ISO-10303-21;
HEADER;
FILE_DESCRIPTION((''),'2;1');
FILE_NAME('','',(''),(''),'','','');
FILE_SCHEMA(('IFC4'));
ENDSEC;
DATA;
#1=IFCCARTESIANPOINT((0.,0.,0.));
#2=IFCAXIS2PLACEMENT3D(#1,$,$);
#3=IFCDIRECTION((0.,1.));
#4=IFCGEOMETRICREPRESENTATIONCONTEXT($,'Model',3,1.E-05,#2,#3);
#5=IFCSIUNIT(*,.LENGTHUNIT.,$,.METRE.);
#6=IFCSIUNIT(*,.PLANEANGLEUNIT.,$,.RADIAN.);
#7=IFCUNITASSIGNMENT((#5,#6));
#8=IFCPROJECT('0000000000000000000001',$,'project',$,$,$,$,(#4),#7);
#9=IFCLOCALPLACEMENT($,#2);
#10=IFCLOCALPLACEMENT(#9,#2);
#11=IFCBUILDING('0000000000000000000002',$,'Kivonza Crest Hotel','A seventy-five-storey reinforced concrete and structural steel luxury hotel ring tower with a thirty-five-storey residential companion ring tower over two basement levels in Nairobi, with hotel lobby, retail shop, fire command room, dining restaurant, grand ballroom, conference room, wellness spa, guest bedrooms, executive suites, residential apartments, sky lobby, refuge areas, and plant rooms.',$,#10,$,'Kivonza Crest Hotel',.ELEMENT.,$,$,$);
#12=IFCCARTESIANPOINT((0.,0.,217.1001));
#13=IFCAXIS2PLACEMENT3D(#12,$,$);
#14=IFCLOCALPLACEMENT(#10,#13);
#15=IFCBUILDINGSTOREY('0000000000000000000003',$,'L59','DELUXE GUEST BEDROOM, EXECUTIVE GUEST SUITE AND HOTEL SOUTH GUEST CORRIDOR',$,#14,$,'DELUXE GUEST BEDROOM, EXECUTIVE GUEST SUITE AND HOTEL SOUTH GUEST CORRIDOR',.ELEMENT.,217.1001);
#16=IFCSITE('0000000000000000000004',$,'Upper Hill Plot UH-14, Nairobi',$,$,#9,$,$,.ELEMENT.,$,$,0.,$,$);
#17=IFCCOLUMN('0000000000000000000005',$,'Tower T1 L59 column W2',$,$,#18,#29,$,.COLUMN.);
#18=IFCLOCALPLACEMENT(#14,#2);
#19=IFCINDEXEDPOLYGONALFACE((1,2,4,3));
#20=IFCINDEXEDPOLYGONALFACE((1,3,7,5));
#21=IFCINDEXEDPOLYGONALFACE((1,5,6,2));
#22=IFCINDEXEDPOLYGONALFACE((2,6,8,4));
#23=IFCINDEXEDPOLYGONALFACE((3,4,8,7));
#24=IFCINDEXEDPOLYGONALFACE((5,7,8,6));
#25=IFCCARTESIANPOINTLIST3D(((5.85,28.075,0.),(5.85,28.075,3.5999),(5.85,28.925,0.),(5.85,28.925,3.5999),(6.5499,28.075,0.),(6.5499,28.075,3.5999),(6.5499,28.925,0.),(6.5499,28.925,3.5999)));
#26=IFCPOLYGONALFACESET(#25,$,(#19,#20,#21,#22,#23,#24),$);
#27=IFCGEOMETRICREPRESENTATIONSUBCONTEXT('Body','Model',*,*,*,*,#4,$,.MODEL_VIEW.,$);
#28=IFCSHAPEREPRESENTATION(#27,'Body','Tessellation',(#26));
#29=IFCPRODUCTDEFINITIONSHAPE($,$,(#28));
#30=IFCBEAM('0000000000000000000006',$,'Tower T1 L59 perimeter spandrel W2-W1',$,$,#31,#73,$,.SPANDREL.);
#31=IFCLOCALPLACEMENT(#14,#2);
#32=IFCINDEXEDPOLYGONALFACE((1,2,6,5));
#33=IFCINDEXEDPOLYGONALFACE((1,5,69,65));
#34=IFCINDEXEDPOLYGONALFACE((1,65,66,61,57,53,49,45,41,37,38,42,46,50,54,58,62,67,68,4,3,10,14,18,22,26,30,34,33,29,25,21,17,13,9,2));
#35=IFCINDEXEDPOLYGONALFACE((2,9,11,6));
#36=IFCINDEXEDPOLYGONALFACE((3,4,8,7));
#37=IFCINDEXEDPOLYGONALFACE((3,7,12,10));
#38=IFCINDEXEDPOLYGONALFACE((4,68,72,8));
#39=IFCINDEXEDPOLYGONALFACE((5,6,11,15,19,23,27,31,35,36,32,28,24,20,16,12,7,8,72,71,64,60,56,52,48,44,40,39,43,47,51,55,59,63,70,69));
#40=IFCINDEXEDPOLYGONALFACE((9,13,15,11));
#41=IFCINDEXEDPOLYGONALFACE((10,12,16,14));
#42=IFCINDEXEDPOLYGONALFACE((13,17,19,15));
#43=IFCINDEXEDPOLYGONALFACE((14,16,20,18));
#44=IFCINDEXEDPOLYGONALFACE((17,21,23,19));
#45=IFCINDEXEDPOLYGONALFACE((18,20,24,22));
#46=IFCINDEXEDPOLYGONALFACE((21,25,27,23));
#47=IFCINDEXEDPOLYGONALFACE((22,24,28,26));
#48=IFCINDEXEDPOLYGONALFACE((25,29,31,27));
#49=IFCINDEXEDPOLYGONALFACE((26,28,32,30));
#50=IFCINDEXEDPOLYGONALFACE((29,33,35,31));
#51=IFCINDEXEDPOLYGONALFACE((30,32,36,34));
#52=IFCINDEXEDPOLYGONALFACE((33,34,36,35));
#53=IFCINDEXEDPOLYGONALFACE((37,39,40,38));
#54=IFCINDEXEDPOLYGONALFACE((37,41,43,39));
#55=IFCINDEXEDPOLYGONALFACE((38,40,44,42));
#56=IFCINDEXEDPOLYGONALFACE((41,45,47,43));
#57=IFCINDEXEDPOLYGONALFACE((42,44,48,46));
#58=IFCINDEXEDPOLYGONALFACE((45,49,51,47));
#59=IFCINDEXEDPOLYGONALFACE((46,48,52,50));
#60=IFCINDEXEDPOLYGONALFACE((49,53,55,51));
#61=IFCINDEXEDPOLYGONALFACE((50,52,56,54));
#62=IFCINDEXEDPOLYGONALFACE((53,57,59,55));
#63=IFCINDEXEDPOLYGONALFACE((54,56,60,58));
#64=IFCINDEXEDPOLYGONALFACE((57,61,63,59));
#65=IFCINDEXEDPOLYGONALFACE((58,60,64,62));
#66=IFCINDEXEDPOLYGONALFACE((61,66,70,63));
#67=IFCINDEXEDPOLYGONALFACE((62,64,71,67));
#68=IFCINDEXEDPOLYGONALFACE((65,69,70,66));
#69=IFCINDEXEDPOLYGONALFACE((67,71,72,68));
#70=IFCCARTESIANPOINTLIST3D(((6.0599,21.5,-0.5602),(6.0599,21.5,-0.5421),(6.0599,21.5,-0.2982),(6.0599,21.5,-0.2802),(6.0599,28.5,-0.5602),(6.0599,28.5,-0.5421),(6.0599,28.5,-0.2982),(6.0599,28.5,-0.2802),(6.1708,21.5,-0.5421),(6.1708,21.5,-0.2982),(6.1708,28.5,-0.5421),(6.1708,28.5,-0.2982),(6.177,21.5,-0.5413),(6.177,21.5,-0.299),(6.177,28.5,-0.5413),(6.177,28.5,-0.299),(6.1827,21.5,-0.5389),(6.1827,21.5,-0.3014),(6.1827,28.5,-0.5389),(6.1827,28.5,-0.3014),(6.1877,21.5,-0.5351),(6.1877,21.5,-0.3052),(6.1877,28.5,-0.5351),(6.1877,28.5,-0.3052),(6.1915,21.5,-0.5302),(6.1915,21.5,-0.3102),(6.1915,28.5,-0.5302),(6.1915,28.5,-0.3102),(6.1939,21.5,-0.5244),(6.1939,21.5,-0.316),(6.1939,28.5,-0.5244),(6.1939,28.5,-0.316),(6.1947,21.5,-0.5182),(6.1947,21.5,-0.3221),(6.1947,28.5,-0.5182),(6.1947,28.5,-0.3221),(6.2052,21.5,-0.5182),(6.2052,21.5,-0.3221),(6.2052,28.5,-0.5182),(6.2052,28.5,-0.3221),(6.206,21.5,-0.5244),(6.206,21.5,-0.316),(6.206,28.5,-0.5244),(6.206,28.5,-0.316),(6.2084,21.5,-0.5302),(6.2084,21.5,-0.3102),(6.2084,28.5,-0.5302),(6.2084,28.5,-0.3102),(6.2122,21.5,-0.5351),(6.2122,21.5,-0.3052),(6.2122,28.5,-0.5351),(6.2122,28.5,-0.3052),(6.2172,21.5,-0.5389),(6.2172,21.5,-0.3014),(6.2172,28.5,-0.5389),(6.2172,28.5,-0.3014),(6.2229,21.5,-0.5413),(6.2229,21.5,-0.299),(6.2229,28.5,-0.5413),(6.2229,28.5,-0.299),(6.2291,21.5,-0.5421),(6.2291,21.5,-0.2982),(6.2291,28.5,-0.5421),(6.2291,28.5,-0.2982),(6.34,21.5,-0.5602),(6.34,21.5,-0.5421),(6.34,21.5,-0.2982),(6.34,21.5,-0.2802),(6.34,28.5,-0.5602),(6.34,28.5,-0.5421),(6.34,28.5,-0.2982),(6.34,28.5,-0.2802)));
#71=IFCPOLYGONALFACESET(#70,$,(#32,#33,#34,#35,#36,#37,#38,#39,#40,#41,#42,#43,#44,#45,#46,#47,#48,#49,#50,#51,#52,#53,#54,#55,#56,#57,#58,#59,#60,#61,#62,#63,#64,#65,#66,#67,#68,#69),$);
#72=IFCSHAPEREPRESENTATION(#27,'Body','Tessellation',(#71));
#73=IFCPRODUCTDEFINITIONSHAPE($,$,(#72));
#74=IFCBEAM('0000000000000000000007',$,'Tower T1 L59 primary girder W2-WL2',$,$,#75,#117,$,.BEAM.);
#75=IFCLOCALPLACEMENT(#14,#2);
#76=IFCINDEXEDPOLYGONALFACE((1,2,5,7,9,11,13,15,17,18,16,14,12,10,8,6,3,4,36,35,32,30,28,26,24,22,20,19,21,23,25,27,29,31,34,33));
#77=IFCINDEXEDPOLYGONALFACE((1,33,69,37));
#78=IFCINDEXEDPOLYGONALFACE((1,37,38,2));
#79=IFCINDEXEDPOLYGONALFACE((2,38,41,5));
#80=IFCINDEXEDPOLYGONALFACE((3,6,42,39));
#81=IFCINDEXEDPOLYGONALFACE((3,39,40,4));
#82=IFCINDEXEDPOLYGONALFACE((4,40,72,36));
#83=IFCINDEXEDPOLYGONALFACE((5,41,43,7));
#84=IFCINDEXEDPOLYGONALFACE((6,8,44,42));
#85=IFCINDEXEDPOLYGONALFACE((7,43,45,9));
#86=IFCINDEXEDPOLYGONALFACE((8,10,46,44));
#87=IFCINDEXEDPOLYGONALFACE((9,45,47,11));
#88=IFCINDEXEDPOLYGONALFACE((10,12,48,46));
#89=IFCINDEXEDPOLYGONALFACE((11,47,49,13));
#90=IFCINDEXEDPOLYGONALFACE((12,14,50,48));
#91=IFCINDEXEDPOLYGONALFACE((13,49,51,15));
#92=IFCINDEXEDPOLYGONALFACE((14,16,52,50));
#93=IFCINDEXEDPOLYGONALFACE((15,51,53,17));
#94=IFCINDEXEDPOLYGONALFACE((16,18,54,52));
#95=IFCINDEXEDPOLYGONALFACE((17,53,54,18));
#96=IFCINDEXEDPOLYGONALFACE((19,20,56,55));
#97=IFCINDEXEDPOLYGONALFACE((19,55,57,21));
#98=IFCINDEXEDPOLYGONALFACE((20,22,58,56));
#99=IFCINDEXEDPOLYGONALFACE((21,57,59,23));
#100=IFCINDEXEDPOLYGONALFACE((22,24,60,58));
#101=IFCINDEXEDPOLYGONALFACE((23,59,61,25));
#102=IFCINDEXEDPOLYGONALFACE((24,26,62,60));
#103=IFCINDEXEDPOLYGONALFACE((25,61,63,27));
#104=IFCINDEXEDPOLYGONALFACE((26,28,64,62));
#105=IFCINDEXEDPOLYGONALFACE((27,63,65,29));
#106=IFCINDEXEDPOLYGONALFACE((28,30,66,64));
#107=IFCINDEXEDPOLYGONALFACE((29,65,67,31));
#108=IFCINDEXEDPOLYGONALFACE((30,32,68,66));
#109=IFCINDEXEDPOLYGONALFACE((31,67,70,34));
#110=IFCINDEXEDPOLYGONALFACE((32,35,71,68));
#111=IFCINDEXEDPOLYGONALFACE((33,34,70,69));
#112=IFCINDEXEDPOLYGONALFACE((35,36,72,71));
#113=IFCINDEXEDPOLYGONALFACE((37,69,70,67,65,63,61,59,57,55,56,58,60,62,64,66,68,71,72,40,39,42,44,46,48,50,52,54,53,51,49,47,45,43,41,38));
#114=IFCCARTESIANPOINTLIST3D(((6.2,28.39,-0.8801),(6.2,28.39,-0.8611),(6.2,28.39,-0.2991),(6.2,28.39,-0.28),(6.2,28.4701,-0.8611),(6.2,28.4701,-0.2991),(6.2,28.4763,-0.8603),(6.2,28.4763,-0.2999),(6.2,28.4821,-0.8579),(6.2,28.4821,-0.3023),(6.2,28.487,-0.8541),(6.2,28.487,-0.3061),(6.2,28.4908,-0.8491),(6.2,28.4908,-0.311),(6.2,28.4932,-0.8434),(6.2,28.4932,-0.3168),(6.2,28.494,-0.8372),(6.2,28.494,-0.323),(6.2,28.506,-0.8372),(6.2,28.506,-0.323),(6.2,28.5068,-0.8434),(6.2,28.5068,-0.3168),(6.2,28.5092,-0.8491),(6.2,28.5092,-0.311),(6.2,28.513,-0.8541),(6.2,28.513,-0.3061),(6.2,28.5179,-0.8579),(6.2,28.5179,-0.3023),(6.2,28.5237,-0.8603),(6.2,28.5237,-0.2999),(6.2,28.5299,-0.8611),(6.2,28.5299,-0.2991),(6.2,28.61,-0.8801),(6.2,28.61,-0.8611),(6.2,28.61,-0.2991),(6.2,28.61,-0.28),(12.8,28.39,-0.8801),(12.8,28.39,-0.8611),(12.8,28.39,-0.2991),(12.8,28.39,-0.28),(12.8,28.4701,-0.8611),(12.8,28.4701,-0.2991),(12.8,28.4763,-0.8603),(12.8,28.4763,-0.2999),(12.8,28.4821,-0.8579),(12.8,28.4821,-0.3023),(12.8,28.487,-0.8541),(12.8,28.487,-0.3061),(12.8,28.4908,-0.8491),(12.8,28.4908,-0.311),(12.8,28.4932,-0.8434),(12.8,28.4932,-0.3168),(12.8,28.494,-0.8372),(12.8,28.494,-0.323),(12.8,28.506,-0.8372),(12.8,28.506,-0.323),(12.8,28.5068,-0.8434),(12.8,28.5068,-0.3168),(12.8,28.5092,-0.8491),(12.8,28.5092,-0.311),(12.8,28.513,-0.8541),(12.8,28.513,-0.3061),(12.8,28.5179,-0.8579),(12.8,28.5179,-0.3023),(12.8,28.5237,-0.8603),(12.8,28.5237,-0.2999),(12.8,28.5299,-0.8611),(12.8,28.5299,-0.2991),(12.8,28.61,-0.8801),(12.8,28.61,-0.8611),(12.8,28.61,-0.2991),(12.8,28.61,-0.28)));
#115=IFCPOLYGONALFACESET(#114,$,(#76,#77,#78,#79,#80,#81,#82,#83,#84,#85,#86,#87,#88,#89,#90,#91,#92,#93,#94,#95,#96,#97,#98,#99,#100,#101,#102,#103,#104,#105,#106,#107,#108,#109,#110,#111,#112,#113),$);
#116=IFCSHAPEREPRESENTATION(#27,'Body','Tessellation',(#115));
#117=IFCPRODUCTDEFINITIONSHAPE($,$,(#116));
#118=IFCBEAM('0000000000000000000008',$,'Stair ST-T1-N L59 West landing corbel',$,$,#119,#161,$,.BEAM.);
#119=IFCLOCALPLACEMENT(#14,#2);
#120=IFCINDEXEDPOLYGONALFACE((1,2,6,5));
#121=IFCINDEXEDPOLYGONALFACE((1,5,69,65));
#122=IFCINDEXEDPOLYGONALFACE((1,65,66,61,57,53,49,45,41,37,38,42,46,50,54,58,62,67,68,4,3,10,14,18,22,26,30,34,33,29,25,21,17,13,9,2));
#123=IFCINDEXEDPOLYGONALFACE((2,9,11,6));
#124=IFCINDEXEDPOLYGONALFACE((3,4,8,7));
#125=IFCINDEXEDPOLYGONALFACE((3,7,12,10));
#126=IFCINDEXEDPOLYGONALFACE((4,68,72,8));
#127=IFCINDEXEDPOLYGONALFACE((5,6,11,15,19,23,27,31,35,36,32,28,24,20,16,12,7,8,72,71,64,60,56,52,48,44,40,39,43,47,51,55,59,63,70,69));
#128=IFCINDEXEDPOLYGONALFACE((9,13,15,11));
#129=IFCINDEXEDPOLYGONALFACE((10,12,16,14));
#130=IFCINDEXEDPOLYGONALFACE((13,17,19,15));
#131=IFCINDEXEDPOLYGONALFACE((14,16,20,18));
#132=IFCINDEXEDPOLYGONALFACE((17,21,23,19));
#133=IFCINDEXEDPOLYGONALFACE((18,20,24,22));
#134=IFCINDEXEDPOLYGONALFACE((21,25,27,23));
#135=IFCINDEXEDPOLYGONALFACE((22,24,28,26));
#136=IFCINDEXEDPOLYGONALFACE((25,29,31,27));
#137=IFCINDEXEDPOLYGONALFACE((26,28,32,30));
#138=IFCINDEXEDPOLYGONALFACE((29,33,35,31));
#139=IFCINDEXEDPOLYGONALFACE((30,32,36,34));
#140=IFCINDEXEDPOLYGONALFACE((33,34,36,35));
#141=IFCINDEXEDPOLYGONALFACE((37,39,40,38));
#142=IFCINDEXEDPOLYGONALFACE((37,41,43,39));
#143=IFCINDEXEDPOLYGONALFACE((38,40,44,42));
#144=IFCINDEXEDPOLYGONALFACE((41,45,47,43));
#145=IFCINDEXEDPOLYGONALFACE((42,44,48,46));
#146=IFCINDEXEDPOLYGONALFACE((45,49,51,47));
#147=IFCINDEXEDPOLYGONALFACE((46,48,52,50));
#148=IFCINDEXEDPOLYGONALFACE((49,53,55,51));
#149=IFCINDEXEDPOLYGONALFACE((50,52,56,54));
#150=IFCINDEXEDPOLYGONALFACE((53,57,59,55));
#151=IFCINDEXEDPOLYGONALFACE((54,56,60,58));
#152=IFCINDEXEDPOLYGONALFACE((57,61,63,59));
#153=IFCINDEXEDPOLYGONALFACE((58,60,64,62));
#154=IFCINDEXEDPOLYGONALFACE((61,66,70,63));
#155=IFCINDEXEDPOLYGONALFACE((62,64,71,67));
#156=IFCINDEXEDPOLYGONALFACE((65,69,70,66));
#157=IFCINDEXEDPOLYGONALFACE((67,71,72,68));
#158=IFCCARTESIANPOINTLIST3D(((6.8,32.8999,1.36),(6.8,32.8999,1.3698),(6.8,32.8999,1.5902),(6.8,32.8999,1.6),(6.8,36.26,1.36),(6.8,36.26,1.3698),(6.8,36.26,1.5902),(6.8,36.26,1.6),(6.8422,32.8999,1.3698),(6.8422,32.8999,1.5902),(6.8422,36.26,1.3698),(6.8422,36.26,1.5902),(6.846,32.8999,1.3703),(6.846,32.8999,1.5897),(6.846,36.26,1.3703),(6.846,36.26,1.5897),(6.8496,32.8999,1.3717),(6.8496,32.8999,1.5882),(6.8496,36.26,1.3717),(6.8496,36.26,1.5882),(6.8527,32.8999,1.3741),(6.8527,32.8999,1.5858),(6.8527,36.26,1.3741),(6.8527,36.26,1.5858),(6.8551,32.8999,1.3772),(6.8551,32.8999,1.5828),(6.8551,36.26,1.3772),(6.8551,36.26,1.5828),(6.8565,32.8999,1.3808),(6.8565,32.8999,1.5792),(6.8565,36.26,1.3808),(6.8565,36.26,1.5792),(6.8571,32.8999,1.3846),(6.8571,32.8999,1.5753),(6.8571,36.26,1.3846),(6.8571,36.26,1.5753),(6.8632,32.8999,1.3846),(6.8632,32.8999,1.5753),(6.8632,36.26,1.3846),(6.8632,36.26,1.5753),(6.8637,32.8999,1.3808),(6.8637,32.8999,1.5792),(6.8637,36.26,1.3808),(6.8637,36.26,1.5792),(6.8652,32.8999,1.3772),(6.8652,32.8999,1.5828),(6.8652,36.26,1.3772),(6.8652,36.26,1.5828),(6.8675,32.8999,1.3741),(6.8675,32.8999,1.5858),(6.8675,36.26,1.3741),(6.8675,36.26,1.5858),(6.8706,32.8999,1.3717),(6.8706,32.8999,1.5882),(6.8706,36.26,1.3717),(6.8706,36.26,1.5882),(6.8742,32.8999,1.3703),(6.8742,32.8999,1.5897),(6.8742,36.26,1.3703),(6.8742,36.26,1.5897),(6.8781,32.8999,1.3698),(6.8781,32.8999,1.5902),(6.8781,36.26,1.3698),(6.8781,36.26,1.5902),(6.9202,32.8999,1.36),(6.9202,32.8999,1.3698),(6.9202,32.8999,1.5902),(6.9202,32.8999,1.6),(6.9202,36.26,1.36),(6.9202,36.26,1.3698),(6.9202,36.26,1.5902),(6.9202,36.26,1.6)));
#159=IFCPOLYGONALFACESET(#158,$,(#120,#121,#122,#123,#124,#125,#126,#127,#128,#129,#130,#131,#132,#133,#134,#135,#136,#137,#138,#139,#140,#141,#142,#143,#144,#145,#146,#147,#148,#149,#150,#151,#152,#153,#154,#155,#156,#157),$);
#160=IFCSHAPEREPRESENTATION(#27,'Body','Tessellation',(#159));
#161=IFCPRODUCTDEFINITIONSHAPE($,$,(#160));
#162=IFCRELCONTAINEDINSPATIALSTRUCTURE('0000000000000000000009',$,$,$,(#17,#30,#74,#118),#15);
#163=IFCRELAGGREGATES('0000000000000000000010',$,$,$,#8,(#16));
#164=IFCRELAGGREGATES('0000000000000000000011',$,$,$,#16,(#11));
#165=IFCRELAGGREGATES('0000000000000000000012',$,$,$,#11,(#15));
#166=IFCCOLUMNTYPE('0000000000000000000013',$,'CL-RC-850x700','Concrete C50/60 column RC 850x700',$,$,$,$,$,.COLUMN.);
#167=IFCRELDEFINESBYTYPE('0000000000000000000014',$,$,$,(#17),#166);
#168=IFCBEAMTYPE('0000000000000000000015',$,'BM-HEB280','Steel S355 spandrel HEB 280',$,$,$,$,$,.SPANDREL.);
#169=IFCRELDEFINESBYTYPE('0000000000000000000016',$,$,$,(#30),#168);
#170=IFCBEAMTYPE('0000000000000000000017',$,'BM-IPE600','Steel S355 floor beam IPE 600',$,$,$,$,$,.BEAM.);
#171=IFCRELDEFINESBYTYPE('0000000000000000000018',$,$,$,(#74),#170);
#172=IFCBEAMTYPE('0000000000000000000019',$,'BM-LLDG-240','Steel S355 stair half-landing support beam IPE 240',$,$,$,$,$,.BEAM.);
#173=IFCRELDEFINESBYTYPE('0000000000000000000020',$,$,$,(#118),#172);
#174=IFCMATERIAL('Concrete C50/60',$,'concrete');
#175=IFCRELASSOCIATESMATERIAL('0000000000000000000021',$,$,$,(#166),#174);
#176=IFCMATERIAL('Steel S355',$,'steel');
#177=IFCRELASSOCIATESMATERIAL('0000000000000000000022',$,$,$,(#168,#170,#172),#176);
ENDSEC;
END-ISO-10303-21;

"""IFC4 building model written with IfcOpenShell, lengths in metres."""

from ifc_helpers import new_model, si_unit, direction, frame, origin, origin_2d, place, context, subcontext, project, spatial, rectangle, i_section, extrude, material, material_profile, profile_set, type_object, element, save


model = new_model("IFC4")

# Units and contexts
model_context = context("Model", 3, precision=1e-05, world=origin(), true_north=direction((0.0, 1.0)))
body_context = subcontext(model_context, "Body", "Model", "MODEL_VIEW")
ifc_project = project(units=[si_unit("LENGTHUNIT", "METRE"), si_unit("PLANEANGLEUNIT", "RADIAN")], contexts=[model_context])

# Site, building, storey
site_placement = place(None, origin())
site = spatial("IfcSite", under=ifc_project, at=site_placement, Name="Upper Hill Plot UH-14, Nairobi", CompositionType="ELEMENT", RefElevation=0.0)
building_placement = place(site_placement, origin())
building = spatial("IfcBuilding", under=site, at=building_placement, Name="Kivonza Crest Hotel", Description="A seventy-five-storey reinforced concrete and structural steel luxury hotel ring tower with a thirty-five-storey residential companion ring tower over two basement levels in Nairobi, with hotel lobby, retail shop, fire command room, dining restaurant, grand ballroom, conference room, wellness spa, guest bedrooms, executive suites, residential apartments, sky lobby, refuge areas, and plant rooms.", LongName="Kivonza Crest Hotel", CompositionType="ELEMENT")
storey_placement = place(building_placement, frame((0.0, 0.0, 217.1001)))
storey = spatial("IfcBuildingStorey", under=building, at=storey_placement, Name="L59", Description="DELUXE GUEST BEDROOM, EXECUTIVE GUEST SUITE AND HOTEL SOUTH GUEST CORRIDOR", LongName="DELUXE GUEST BEDROOM, EXECUTIVE GUEST SUITE AND HOTEL SOUTH GUEST CORRIDOR", CompositionType="ELEMENT", Elevation=217.1001)

# Column
ifc_material_1 = material(Name="Concrete C50/60", Category="concrete")
ifc_material_profile_1 = material_profile(ifc_material_1, rectangle(XDim=0.7, YDim=0.8501, at=origin_2d()), Name="RC 850x700")
ifc_profile_set_1 = profile_set([ifc_material_profile_1], Name="Concrete C50/60")
column_type = type_object("IfcColumnType", Name="CL-RC-850x700", Description="Concrete C50/60 column RC 850x700", PredefinedType="COLUMN", material=ifc_profile_set_1)
column_placement = place(storey_placement, frame((6.2, 28.5, 0.0), z_axis=(0.0, 0.0, 1.0), x_axis=(1.0, 0.0, 0.0)))
element("IfcColumn", 1, at=column_placement, inside=storey, type_object=column_type, Name="Tower T1 L59 column W2", PredefinedType="COLUMN", context=body_context, shape_type="SweptSolid", body=[
    extrude(rectangle(XDim=0.7, YDim=0.8501, at=origin_2d()), origin(), (0.0, 0.0, 1.0), 3.5999),
])

# Beams
ifc_material_2 = material(Name="Steel S355", Category="steel")
ifc_material_profile_2 = material_profile(ifc_material_2, i_section(OverallWidth=0.28, OverallDepth=0.28, WebThickness=0.0105, FlangeThickness=0.0181, FilletRadius=0.0239, at=origin_2d()), Name="HEB 280")
ifc_profile_set_2 = profile_set([ifc_material_profile_2], Name="Steel S355")
beam_type_1 = type_object("IfcBeamType", Name="BM-HEB280", Description="Steel S355 spandrel HEB 280", PredefinedType="SPANDREL", material=ifc_profile_set_2)
beam_1_placement = place(storey_placement, frame((6.2, 28.5, -0.4202), z_axis=(0.0, -1.0, 0.0), x_axis=(1.0, 0.0, 0.0)))
element("IfcBeam", 2, at=beam_1_placement, inside=storey, type_object=beam_type_1, Name="Tower T1 L59 perimeter spandrel W2-W1", PredefinedType="SPANDREL", context=body_context, shape_type="SweptSolid", body=[
    extrude(i_section(OverallWidth=0.28, OverallDepth=0.28, WebThickness=0.0105, FlangeThickness=0.0181, FilletRadius=0.0239, at=origin_2d()), origin(), (0.0, 0.0, 1.0), 7.0),
])
ifc_material_profile_3 = material_profile(ifc_material_2, i_section(OverallWidth=0.22, OverallDepth=0.6001, WebThickness=0.012, FlangeThickness=0.019, FilletRadius=0.0239, at=origin_2d()), Name="IPE 600")
ifc_profile_set_3 = profile_set([ifc_material_profile_3], Name="Steel S355")
beam_type_2 = type_object("IfcBeamType", Name="BM-IPE600", Description="Steel S355 floor beam IPE 600", PredefinedType="BEAM", material=ifc_profile_set_3)
beam_2_placement = place(storey_placement, frame((6.2, 28.5, -0.5801), z_axis=(1.0, 0.0, 0.0), x_axis=(0.0, 1.0, 0.0)))
element("IfcBeam", 3, at=beam_2_placement, inside=storey, type_object=beam_type_2, Name="Tower T1 L59 primary girder W2-WL2", PredefinedType="BEAM", context=body_context, shape_type="SweptSolid", body=[
    extrude(i_section(OverallWidth=0.22, OverallDepth=0.6001, WebThickness=0.012, FlangeThickness=0.019, FilletRadius=0.0239, at=origin_2d()), origin(), (0.0, 0.0, 1.0), 6.6001),
])
ifc_material_profile_4 = material_profile(ifc_material_2, i_section(OverallWidth=0.1201, OverallDepth=0.24, WebThickness=0.0061, FlangeThickness=0.0098, FilletRadius=0.0149, at=origin_2d()), Name="IPE 240")
ifc_profile_set_4 = profile_set([ifc_material_profile_4], Name="Steel S355")
beam_type_3 = type_object("IfcBeamType", Name="BM-LLDG-240", Description="Steel S355 stair half-landing support beam IPE 240", PredefinedType="BEAM", material=ifc_profile_set_4)
beam_3_placement = place(storey_placement, frame((6.8601, 32.8999, 1.48), z_axis=(0.0, 1.0, 0.0), x_axis=(-1.0, 0.0, 0.0)))
element("IfcBeam", 4, at=beam_3_placement, inside=storey, type_object=beam_type_3, Name="Stair ST-T1-N L59 West landing corbel", PredefinedType="BEAM", context=body_context, shape_type="SweptSolid", body=[
    extrude(i_section(OverallWidth=0.1201, OverallDepth=0.24, WebThickness=0.0061, FlangeThickness=0.0098, FilletRadius=0.0149, at=origin_2d()), origin(), (0.0, 0.0, 1.0), 3.3601),
])

save(model, "model.ifc")
